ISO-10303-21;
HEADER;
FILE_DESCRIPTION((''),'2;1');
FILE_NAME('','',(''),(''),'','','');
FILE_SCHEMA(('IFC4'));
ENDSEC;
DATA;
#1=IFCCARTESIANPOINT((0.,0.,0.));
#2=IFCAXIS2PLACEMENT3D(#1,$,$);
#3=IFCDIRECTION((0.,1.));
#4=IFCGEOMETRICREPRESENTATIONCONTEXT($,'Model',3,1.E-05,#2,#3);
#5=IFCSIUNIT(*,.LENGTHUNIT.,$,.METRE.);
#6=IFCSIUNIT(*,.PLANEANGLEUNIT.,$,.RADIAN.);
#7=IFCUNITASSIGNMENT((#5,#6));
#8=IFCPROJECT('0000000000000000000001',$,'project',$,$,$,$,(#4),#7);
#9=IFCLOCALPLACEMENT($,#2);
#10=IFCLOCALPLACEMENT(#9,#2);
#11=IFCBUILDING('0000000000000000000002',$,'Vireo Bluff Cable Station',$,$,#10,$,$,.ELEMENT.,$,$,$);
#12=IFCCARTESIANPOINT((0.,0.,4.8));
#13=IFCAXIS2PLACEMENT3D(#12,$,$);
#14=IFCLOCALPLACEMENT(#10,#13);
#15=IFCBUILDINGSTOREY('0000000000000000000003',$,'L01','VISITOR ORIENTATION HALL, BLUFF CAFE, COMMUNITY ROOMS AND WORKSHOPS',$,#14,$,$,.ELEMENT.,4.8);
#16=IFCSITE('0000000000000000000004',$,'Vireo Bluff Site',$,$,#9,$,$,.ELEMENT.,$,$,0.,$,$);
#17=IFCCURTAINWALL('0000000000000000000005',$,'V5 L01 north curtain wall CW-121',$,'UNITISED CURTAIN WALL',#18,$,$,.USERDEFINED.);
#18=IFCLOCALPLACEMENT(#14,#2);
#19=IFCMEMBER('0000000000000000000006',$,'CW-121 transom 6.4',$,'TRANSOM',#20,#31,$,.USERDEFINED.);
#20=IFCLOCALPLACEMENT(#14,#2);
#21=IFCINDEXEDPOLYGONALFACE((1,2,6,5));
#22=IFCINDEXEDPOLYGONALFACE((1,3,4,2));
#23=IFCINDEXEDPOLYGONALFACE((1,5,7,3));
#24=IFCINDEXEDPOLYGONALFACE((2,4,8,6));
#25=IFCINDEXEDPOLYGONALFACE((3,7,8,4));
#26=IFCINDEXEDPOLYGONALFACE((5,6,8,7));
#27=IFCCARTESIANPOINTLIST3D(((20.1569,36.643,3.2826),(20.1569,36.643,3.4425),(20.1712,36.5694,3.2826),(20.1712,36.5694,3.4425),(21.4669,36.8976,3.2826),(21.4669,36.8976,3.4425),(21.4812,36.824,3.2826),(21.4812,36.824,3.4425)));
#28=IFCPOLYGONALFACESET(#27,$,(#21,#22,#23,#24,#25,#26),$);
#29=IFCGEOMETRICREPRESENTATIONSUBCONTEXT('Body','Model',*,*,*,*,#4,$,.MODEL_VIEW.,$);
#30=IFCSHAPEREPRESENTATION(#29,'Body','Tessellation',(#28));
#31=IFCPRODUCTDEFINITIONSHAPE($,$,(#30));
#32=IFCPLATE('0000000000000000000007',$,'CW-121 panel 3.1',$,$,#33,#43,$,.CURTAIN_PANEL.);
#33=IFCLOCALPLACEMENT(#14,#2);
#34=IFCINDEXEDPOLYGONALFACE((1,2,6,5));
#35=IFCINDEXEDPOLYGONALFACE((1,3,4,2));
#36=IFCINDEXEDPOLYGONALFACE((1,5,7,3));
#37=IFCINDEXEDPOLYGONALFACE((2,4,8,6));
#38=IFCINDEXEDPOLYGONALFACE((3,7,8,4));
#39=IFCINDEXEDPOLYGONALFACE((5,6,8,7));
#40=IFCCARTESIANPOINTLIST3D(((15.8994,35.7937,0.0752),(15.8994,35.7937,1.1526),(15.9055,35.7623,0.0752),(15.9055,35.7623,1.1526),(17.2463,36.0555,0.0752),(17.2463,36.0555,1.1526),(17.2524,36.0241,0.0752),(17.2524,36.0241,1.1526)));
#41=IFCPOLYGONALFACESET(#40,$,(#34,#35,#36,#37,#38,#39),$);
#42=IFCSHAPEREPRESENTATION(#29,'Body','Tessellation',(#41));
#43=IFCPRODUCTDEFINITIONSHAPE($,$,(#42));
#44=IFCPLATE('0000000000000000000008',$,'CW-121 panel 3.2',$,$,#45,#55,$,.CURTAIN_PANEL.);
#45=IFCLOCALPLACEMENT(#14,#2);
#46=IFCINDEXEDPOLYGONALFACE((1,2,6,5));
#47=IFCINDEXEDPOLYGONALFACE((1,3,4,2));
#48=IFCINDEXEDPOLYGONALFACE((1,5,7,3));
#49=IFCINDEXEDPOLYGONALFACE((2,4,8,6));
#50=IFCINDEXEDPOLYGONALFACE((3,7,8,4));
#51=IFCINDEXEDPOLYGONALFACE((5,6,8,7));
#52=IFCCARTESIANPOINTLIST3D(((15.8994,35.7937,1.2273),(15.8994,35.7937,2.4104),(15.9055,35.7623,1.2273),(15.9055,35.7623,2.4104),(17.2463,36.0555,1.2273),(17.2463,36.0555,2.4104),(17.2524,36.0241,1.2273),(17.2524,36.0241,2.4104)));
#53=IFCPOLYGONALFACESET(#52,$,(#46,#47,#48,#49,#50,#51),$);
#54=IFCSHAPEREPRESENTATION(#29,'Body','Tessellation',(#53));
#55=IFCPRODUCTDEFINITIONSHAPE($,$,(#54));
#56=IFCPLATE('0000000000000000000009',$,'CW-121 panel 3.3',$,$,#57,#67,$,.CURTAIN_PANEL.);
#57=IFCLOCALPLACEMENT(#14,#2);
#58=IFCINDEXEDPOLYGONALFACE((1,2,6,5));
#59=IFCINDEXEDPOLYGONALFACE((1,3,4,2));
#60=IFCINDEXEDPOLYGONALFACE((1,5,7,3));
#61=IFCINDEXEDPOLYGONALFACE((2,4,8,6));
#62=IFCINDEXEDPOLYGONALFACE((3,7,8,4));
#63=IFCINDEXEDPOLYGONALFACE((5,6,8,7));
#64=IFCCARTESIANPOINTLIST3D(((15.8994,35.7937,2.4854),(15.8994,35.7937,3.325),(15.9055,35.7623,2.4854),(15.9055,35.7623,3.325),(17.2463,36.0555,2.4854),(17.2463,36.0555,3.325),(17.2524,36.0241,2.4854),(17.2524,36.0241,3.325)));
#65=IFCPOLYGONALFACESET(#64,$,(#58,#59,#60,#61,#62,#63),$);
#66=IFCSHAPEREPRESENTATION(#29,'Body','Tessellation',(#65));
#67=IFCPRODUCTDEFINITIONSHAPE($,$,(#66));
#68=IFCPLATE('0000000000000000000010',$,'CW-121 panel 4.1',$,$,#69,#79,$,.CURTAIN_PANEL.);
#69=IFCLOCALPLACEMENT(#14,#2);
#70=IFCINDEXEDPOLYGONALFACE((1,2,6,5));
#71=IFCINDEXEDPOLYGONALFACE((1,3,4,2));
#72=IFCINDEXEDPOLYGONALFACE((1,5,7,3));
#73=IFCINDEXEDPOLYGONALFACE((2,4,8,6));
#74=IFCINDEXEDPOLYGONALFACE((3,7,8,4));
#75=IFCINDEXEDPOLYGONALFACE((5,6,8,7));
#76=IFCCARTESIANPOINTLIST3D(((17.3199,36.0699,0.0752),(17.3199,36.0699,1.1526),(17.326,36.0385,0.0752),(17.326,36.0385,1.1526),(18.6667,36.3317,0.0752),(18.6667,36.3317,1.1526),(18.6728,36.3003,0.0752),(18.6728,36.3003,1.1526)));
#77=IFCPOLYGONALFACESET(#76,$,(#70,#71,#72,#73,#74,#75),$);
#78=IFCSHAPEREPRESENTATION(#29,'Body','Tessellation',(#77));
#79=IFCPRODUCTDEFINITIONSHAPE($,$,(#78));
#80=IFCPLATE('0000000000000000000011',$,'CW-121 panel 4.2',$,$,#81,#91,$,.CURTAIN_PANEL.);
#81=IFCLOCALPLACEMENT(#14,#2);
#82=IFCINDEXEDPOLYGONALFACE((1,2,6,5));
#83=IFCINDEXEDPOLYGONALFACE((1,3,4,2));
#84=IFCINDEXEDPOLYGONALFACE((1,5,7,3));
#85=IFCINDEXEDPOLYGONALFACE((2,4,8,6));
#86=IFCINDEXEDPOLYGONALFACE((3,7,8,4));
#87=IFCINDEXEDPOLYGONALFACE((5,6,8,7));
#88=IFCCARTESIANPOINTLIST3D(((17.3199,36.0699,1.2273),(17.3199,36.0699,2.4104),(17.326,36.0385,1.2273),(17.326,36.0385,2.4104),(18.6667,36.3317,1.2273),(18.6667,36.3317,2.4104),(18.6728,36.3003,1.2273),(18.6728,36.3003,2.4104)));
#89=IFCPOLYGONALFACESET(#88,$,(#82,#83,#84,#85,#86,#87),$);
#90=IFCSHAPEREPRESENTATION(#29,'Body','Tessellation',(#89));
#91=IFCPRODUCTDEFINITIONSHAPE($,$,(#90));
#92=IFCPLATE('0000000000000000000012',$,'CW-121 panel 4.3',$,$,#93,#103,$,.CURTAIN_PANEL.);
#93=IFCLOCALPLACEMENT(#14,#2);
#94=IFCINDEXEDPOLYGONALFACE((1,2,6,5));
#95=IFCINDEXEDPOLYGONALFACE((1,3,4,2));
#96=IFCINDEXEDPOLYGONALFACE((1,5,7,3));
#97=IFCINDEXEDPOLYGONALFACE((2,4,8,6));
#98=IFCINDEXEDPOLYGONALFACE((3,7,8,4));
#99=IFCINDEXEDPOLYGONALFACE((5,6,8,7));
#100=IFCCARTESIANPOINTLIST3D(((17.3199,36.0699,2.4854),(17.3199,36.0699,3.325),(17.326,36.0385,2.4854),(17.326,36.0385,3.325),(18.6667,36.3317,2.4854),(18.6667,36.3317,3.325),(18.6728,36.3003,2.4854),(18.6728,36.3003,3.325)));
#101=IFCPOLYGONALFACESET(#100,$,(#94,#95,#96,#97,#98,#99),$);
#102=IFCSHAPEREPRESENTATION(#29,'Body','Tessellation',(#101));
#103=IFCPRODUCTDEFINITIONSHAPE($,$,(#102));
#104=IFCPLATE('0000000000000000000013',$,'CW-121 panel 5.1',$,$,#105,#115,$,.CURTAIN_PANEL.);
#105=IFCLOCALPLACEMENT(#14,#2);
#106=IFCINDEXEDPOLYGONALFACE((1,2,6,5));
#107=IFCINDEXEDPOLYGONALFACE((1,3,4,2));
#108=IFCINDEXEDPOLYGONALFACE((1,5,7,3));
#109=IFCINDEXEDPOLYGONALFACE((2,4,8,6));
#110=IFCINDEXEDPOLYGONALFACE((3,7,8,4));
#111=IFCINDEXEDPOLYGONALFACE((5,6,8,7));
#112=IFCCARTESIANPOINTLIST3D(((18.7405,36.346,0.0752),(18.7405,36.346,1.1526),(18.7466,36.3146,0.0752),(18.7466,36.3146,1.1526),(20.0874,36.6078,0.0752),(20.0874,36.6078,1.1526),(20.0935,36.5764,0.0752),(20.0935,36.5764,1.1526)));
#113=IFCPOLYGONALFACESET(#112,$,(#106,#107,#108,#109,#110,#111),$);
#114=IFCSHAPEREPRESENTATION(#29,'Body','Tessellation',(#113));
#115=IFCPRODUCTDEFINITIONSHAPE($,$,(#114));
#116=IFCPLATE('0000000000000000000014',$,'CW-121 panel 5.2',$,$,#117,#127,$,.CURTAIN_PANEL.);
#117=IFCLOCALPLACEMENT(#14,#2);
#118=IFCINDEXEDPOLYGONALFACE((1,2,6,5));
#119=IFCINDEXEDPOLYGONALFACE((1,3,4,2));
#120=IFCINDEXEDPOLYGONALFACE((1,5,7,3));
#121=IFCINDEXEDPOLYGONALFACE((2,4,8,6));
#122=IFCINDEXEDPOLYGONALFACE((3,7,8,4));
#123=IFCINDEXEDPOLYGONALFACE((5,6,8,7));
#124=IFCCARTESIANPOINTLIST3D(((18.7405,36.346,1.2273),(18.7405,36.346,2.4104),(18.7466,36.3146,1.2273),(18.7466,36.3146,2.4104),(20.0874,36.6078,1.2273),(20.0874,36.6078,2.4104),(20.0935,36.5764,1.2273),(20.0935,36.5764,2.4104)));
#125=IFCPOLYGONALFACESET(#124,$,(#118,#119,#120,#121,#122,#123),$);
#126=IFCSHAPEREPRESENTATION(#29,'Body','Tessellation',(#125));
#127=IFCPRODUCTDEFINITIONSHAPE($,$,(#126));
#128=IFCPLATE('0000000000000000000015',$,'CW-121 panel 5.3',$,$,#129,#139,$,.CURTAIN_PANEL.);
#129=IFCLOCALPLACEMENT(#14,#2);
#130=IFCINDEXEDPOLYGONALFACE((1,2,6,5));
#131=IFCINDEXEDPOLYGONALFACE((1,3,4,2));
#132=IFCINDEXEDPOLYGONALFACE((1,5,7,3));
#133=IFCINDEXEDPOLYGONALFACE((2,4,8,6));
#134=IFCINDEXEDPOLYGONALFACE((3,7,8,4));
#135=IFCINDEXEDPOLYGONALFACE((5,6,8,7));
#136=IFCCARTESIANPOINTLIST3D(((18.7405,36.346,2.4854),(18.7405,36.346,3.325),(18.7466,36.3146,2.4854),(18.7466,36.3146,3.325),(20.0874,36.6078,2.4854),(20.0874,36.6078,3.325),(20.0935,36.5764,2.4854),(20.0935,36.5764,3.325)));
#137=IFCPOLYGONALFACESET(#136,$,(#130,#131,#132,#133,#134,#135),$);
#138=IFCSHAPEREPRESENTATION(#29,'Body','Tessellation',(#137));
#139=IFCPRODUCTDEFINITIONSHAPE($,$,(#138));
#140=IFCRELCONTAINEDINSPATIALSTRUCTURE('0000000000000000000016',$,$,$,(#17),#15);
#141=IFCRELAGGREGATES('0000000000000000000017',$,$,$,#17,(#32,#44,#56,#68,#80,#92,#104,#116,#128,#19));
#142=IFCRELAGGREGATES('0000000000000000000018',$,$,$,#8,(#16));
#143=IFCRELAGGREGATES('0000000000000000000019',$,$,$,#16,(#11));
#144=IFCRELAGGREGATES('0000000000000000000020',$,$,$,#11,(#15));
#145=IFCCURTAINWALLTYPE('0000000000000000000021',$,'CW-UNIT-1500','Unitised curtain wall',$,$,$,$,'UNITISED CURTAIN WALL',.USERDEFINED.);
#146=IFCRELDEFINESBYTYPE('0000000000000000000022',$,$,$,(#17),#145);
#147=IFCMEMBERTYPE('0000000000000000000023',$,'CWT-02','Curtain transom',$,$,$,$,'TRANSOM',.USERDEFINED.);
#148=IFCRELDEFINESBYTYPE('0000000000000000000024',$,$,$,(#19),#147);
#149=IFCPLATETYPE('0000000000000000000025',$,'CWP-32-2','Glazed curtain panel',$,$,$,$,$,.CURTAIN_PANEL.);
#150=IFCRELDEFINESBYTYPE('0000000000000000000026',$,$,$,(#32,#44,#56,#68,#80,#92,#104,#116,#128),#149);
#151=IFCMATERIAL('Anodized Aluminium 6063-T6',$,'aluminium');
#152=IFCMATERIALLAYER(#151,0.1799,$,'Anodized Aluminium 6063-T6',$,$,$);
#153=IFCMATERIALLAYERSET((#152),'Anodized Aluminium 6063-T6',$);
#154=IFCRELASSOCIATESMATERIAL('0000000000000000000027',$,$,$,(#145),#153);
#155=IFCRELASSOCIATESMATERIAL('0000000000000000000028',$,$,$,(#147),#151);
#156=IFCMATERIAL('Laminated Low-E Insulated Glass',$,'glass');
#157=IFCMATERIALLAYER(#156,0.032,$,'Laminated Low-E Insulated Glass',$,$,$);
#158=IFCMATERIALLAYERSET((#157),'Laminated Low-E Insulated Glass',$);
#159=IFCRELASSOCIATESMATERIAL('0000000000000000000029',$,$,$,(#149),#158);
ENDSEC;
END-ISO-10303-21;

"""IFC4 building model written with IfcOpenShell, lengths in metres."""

from ifc_helpers import new_model, si_unit, direction, frame, origin, origin_2d, place, context, subcontext, project, spatial, rectangle, extrude, material, layer, layer_set, material_profile, profile_set, type_object, element, aggregate, save


model = new_model("IFC4")

# Units and contexts
model_context = context("Model", 3, precision=1e-05, world=origin(), true_north=direction((0.0, 1.0)))
body_context = subcontext(model_context, "Body", "Model", "MODEL_VIEW")
ifc_project = project(units=[si_unit("LENGTHUNIT", "METRE"), si_unit("PLANEANGLEUNIT", "RADIAN")], contexts=[model_context])

# Site, building, storey
site_placement = place(None, origin())
site = spatial("IfcSite", under=ifc_project, at=site_placement, Name="Vireo Bluff Site", CompositionType="ELEMENT", RefElevation=0.0)
building_placement = place(site_placement, origin())
building = spatial("IfcBuilding", under=site, at=building_placement, Name="Vireo Bluff Cable Station", CompositionType="ELEMENT")
storey_placement = place(building_placement, frame((0.0, 0.0, 4.8)))
storey = spatial("IfcBuildingStorey", under=building, at=storey_placement, Name="L01", Description="VISITOR ORIENTATION HALL, BLUFF CAFE, COMMUNITY ROOMS AND WORKSHOPS", CompositionType="ELEMENT", Elevation=4.8)

# Curtain wall, member, plates
ifc_material_1 = material(Name="Anodized Aluminium 6063-T6", Category="aluminium")
ifc_layer_1 = layer(ifc_material_1, 0.1799, Name="Anodized Aluminium 6063-T6")
ifc_layer_set_1 = layer_set([ifc_layer_1], Name="Anodized Aluminium 6063-T6")
curtain_wall_type = type_object("IfcCurtainWallType", Name="CW-UNIT-1500", Description="Unitised curtain wall", ElementType="UNITISED CURTAIN WALL", PredefinedType="USERDEFINED", material=ifc_layer_set_1)
curtain_wall_placement = place(storey_placement, origin())
curtain_wall = element("IfcCurtainWall", 1, at=curtain_wall_placement, inside=storey, type_object=curtain_wall_type, Name="V5 L01 north curtain wall CW-121", ObjectType="UNITISED CURTAIN WALL", PredefinedType="USERDEFINED")
ifc_material_profile_1 = material_profile(ifc_material_1, rectangle(XDim=0.075, YDim=0.1599, at=origin_2d()), Name="ALU-T-75X160")
ifc_profile_set_1 = profile_set([ifc_material_profile_1], Name="Anodized Aluminium 6063-T6")
member_type_1 = type_object("IfcMemberType", Name="CWT-02", Description="Curtain transom", ElementType="TRANSOM", PredefinedType="USERDEFINED", material=ifc_profile_set_1)
member_1_placement = place(storey_placement, frame((20.1641, 36.6062, 3.3625), z_axis=(0.981629, 0.190801, 0.0), x_axis=(-0.190801, 0.981629, 0.0)))
member_1 = element("IfcMember", 2, at=member_1_placement, type_object=member_type_1, Name="CW-121 transom 6.4", ObjectType="TRANSOM", PredefinedType="USERDEFINED", context=body_context, shape_type="SweptSolid", body=[
    extrude(rectangle(XDim=0.075, YDim=0.1599, at=origin_2d()), origin(), (0.0, 0.0, 1.0), 1.3345),
])
ifc_material_2 = material(Name="Laminated Low-E Insulated Glass", Category="glass")
ifc_layer_2 = layer(ifc_material_2, 0.032, Name="Laminated Low-E Insulated Glass")
ifc_layer_set_2 = layer_set([ifc_layer_2], Name="Laminated Low-E Insulated Glass")
plate_type = type_object("IfcPlateType", Name="CWP-32-2", Description="Glazed curtain panel", PredefinedType="CURTAIN_PANEL", material=ifc_layer_set_2)
plate_1_placement = place(storey_placement, frame((16.5759, 35.9089, 0.0752), z_axis=(0.0, 0.0, 1.0), x_axis=(0.981627, 0.190809, 0.0)))
plate_1 = element("IfcPlate", 3, at=plate_1_placement, type_object=plate_type, Name="CW-121 panel 3.1", PredefinedType="CURTAIN_PANEL", context=body_context, shape_type="SweptSolid", body=[
    extrude(rectangle(XDim=1.3721, YDim=0.032, at=origin_2d()), origin(), (0.0, 0.0, 1.0), 1.0774),
])
plate_2_placement = place(storey_placement, frame((16.5759, 35.9089, 1.2273), z_axis=(0.0, 0.0, 1.0), x_axis=(0.981627, 0.190809, 0.0)))
plate_2 = element("IfcPlate", 4, at=plate_2_placement, type_object=plate_type, Name="CW-121 panel 3.2", PredefinedType="CURTAIN_PANEL", context=body_context, shape_type="SweptSolid", body=[
    extrude(rectangle(XDim=1.3721, YDim=0.032, at=origin_2d()), origin(), (0.0, 0.0, 1.0), 1.1831),
])
plate_3_placement = place(storey_placement, frame((16.5759, 35.9089, 2.4854), z_axis=(0.0, 0.0, 1.0), x_axis=(0.981627, 0.190809, 0.0)))
plate_3 = element("IfcPlate", 5, at=plate_3_placement, type_object=plate_type, Name="CW-121 panel 3.3", PredefinedType="CURTAIN_PANEL", context=body_context, shape_type="SweptSolid", body=[
    extrude(rectangle(XDim=1.3721, YDim=0.032, at=origin_2d()), origin(), (0.0, 0.0, 1.0), 0.8396),
])
plate_4_placement = place(storey_placement, frame((17.9963, 36.1851, 0.0752), z_axis=(0.0, 0.0, 1.0), x_axis=(0.981627, 0.190809, 0.0)))
plate_4 = element("IfcPlate", 6, at=plate_4_placement, type_object=plate_type, Name="CW-121 panel 4.1", PredefinedType="CURTAIN_PANEL", context=body_context, shape_type="SweptSolid", body=[
    extrude(rectangle(XDim=1.3721, YDim=0.032, at=origin_2d()), origin(), (0.0, 0.0, 1.0), 1.0774),
])
plate_5_placement = place(storey_placement, frame((17.9963, 36.1851, 1.2273), z_axis=(0.0, 0.0, 1.0), x_axis=(0.981627, 0.190809, 0.0)))
plate_5 = element("IfcPlate", 7, at=plate_5_placement, type_object=plate_type, Name="CW-121 panel 4.2", PredefinedType="CURTAIN_PANEL", context=body_context, shape_type="SweptSolid", body=[
    extrude(rectangle(XDim=1.3721, YDim=0.032, at=origin_2d()), origin(), (0.0, 0.0, 1.0), 1.1831),
])
plate_6_placement = place(storey_placement, frame((17.9963, 36.1851, 2.4854), z_axis=(0.0, 0.0, 1.0), x_axis=(0.981627, 0.190809, 0.0)))
plate_6 = element("IfcPlate", 8, at=plate_6_placement, type_object=plate_type, Name="CW-121 panel 4.3", PredefinedType="CURTAIN_PANEL", context=body_context, shape_type="SweptSolid", body=[
    extrude(rectangle(XDim=1.3721, YDim=0.032, at=origin_2d()), origin(), (0.0, 0.0, 1.0), 0.8396),
])
plate_7_placement = place(storey_placement, frame((19.417, 36.4612, 0.0752), z_axis=(0.0, 0.0, 1.0), x_axis=(0.981627, 0.190809, 0.0)))
plate_7 = element("IfcPlate", 9, at=plate_7_placement, type_object=plate_type, Name="CW-121 panel 5.1", PredefinedType="CURTAIN_PANEL", context=body_context, shape_type="SweptSolid", body=[
    extrude(rectangle(XDim=1.3721, YDim=0.032, at=origin_2d()), origin(), (0.0, 0.0, 1.0), 1.0774),
])
plate_8_placement = place(storey_placement, frame((19.417, 36.4612, 1.2273), z_axis=(0.0, 0.0, 1.0), x_axis=(0.981627, 0.190809, 0.0)))
plate_8 = element("IfcPlate", 10, at=plate_8_placement, type_object=plate_type, Name="CW-121 panel 5.2", PredefinedType="CURTAIN_PANEL", context=body_context, shape_type="SweptSolid", body=[
    extrude(rectangle(XDim=1.3721, YDim=0.032, at=origin_2d()), origin(), (0.0, 0.0, 1.0), 1.1831),
])
plate_9_placement = place(storey_placement, frame((19.417, 36.4612, 2.4854), z_axis=(0.0, 0.0, 1.0), x_axis=(0.981627, 0.190809, 0.0)))
plate_9 = element("IfcPlate", 11, at=plate_9_placement, type_object=plate_type, Name="CW-121 panel 5.3", PredefinedType="CURTAIN_PANEL", context=body_context, shape_type="SweptSolid", body=[
    extrude(rectangle(XDim=1.3721, YDim=0.032, at=origin_2d()), origin(), (0.0, 0.0, 1.0), 0.8396),
])
aggregate(curtain_wall, [plate_1, plate_2, plate_3, plate_4, plate_5, plate_6, plate_7, plate_8, plate_9, member_1])

save(model, "model.ifc")
